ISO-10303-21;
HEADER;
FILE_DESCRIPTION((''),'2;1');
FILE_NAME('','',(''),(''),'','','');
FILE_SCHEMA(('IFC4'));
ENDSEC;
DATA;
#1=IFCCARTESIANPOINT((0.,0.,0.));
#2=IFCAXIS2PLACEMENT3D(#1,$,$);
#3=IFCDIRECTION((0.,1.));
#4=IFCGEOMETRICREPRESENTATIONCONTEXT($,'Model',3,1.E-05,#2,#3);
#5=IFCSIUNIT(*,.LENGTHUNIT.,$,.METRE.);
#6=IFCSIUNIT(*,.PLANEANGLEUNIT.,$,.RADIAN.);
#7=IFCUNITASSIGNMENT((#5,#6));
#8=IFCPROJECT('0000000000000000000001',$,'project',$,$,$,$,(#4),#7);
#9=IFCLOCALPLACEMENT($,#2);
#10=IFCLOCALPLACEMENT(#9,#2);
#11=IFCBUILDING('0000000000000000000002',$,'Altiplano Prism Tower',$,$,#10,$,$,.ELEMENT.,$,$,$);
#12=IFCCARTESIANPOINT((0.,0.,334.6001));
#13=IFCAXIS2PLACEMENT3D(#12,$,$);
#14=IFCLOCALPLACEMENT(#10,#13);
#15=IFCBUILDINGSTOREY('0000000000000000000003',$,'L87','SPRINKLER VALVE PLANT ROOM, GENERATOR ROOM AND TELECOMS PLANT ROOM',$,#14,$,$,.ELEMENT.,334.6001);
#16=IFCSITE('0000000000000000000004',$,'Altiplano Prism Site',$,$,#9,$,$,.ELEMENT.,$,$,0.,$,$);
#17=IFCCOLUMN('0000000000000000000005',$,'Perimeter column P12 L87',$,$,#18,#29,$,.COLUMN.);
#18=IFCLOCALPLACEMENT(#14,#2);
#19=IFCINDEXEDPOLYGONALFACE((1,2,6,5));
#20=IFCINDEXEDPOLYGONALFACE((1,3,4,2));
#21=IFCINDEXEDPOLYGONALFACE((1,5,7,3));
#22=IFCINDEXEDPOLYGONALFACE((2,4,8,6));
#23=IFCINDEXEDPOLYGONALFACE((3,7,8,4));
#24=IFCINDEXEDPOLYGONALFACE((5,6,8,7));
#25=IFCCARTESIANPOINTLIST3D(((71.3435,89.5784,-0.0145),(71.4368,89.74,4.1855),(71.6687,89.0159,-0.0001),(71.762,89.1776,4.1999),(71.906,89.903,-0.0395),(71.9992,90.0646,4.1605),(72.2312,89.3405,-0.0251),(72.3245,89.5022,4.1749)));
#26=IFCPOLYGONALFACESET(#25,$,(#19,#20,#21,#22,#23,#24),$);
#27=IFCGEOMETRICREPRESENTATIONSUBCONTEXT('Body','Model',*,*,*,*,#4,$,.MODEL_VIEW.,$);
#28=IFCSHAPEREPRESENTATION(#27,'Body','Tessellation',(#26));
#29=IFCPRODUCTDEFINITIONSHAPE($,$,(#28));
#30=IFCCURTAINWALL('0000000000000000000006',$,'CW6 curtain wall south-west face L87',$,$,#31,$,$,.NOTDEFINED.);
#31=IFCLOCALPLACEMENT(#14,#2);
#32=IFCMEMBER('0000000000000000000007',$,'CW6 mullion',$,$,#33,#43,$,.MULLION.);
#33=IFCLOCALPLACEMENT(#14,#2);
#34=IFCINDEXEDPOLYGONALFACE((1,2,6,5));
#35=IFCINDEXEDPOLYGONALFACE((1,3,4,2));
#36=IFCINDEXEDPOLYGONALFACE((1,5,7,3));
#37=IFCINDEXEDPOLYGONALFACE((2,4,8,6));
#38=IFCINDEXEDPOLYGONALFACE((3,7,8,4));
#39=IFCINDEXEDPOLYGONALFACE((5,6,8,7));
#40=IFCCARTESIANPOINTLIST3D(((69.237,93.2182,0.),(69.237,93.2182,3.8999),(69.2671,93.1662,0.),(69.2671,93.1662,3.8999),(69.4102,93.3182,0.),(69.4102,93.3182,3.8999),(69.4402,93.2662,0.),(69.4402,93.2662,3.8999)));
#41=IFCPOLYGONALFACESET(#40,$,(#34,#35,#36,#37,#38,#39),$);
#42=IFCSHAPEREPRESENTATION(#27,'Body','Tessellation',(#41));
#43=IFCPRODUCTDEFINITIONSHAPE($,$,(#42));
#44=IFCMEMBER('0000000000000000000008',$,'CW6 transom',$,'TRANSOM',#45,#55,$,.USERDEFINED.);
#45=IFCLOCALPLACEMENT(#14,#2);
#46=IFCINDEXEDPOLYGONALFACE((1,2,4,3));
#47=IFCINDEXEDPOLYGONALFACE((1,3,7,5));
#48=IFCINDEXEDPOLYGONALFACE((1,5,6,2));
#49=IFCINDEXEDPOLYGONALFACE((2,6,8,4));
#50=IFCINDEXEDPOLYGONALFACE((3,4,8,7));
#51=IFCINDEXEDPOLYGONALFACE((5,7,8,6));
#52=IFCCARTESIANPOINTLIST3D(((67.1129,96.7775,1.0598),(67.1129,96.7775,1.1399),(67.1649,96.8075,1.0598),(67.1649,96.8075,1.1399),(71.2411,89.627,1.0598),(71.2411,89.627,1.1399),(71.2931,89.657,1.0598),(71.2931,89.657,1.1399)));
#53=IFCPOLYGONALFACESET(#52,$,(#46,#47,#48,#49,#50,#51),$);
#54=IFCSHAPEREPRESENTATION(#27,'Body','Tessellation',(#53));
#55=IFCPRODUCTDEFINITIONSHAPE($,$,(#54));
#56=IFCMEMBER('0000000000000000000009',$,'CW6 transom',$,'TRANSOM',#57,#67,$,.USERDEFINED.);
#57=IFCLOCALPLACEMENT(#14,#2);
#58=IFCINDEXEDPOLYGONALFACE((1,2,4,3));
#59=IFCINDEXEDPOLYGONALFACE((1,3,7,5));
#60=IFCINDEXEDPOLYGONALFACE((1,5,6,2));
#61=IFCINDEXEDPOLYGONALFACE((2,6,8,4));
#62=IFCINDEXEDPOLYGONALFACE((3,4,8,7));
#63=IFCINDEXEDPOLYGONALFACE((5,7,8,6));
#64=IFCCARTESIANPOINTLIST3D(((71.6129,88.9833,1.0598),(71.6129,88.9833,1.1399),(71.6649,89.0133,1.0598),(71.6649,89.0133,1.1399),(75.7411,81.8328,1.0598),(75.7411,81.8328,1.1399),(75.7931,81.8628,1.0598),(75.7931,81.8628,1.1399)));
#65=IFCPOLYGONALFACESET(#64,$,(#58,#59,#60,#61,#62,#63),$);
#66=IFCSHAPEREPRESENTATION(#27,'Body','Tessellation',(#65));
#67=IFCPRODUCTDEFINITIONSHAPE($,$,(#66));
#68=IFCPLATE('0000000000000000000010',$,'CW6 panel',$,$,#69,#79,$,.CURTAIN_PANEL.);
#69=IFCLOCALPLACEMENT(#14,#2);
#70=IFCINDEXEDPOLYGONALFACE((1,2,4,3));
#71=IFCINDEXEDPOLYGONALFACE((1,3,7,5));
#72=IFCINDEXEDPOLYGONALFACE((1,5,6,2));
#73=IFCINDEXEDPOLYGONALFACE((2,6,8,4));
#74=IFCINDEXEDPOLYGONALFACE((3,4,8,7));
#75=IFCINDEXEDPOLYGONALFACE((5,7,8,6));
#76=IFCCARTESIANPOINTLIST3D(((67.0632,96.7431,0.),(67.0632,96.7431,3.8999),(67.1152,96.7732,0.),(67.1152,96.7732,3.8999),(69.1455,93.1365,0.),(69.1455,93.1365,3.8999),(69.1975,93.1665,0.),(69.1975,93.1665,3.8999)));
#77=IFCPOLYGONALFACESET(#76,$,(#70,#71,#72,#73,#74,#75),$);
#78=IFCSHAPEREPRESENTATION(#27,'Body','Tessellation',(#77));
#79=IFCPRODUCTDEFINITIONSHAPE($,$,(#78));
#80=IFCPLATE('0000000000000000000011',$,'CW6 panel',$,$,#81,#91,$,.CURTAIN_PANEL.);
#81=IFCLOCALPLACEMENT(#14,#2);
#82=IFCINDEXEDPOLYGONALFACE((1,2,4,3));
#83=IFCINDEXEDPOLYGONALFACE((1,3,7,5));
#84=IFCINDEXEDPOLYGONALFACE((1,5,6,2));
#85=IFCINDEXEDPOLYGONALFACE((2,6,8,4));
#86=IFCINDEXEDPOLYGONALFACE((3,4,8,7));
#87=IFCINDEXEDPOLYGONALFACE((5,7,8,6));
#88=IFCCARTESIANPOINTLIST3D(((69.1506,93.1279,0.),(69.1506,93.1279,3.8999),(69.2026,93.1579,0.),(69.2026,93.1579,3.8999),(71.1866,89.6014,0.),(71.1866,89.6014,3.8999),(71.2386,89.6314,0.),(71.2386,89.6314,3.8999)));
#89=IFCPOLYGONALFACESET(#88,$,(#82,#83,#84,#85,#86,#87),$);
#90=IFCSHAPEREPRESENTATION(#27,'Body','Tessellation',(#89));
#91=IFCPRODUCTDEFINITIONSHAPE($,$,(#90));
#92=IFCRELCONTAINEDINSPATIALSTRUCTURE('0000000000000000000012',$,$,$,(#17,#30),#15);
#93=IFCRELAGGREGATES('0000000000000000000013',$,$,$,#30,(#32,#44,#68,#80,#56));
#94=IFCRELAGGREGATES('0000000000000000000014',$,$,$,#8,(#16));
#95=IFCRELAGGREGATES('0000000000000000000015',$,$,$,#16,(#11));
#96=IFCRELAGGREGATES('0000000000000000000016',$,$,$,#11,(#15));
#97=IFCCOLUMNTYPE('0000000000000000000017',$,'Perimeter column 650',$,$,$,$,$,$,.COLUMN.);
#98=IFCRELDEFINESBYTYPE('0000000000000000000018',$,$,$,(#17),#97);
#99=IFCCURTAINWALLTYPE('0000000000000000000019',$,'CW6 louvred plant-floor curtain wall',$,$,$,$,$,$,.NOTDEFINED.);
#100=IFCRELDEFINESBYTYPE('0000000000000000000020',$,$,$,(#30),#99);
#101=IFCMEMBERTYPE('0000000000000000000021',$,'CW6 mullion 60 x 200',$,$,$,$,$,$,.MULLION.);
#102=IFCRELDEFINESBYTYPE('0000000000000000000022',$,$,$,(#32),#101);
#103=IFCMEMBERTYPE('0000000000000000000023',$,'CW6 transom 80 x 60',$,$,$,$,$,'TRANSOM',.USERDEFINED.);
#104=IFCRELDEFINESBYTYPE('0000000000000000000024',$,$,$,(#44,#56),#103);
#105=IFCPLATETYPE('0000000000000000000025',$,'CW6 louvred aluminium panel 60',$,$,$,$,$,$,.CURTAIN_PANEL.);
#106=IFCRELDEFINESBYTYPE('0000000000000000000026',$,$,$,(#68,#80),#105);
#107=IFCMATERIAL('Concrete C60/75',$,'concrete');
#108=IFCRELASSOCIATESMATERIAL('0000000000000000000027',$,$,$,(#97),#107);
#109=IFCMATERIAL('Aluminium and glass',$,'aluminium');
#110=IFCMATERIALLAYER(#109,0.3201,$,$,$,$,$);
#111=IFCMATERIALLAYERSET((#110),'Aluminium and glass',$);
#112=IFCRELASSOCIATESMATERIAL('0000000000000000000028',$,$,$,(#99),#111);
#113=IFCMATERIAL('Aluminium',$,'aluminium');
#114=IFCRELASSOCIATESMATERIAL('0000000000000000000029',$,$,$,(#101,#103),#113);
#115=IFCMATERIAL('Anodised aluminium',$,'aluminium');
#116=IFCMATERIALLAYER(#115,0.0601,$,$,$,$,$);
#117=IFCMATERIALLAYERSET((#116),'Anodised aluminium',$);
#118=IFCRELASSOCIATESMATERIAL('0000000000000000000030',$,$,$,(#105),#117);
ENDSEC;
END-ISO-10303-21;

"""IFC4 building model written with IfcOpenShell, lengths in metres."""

from ifc_helpers import new_model, si_unit, direction, frame, origin, origin_2d, place, context, subcontext, project, spatial, rectangle, extrude, material, layer, layer_set, material_profile, profile_set, type_object, element, aggregate, save


model = new_model("IFC4")

# Units and contexts
model_context = context("Model", 3, precision=1e-05, world=origin(), true_north=direction((0.0, 1.0)))
body_context = subcontext(model_context, "Body", "Model", "MODEL_VIEW")
ifc_project = project(units=[si_unit("LENGTHUNIT", "METRE"), si_unit("PLANEANGLEUNIT", "RADIAN")], contexts=[model_context])

# Site, building, storey
site_placement = place(None, origin())
site = spatial("IfcSite", under=ifc_project, at=site_placement, Name="Altiplano Prism Site", CompositionType="ELEMENT", RefElevation=0.0)
building_placement = place(site_placement, origin())
building = spatial("IfcBuilding", under=site, at=building_placement, Name="Altiplano Prism Tower", CompositionType="ELEMENT")
storey_placement = place(building_placement, frame((0.0, 0.0, 334.6001)))
storey = spatial("IfcBuildingStorey", under=building, at=storey_placement, Name="L87", Description="SPRINKLER VALVE PLANT ROOM, GENERATOR ROOM AND TELECOMS PLANT ROOM", CompositionType="ELEMENT", Elevation=334.6001)

# Column
ifc_material_1 = material(Name="Concrete C60/75", Category="concrete")
ifc_material_profile_1 = material_profile(ifc_material_1, rectangle(XDim=0.6499, YDim=0.6499, at=origin_2d()), Name="Perimeter column 650")
ifc_profile_set_1 = profile_set([ifc_material_profile_1], Name="Concrete C60/75")
column_type = type_object("IfcColumnType", Name="Perimeter column 650", PredefinedType="COLUMN", material=ifc_profile_set_1)
column_placement = place(storey_placement, frame((71.7874, 89.4595, -0.0198), z_axis=(0.022184, 0.038444, 0.999014), x_axis=(-0.865478, -0.49947, 0.038439)))
element("IfcColumn", 1, at=column_placement, inside=storey, type_object=column_type, Name="Perimeter column P12 L87", PredefinedType="COLUMN", context=body_context, shape_type="SweptSolid", body=[
    extrude(rectangle(XDim=0.6499, YDim=0.6499, at=origin_2d()), origin(), (0.0, 0.0, 1.0), 4.2041),
])

# Curtain wall, members, plates
ifc_material_2 = material(Name="Aluminium and glass", Category="aluminium")
ifc_layer_1 = layer(ifc_material_2, 0.3201)
ifc_layer_set_1 = layer_set([ifc_layer_1], Name="Aluminium and glass")
curtain_wall_type = type_object("IfcCurtainWallType", Name="CW6 louvred plant-floor curtain wall", PredefinedType="NOTDEFINED", material=ifc_layer_set_1)
curtain_wall_placement = place(storey_placement, origin())
curtain_wall = element("IfcCurtainWall", 2, at=curtain_wall_placement, inside=storey, type_object=curtain_wall_type, Name="CW6 curtain wall south-west face L87", PredefinedType="NOTDEFINED")
ifc_material_3 = material(Name="Aluminium", Category="aluminium")
ifc_material_profile_2 = material_profile(ifc_material_3, rectangle(XDim=0.2, YDim=0.0601, at=origin_2d()), Name="CW6 mullion 60 x 200")
ifc_profile_set_2 = profile_set([ifc_material_profile_2], Name="Aluminium")
member_type_1 = type_object("IfcMemberType", Name="CW6 mullion 60 x 200", PredefinedType="MULLION", material=ifc_profile_set_2)
member_1_placement = place(storey_placement, frame((69.3386, 93.2422, 0.0), z_axis=(0.0, 0.0, 1.0), x_axis=(0.866025, 0.5, 0.0)))
member_1 = element("IfcMember", 3, at=member_1_placement, type_object=member_type_1, Name="CW6 mullion", PredefinedType="MULLION", context=body_context, shape_type="SweptSolid", body=[
    extrude(rectangle(XDim=0.2, YDim=0.0601, at=origin_2d()), origin(), (0.0, 0.0, 1.0), 3.8999),
])
ifc_material_profile_3 = material_profile(ifc_material_3, rectangle(XDim=0.0601, YDim=0.0801, at=origin_2d()), Name="CW6 transom 80 x 60")
ifc_profile_set_3 = profile_set([ifc_material_profile_3], Name="Aluminium")
member_type_2 = type_object("IfcMemberType", Name="CW6 transom 80 x 60", ElementType="TRANSOM", PredefinedType="USERDEFINED", material=ifc_profile_set_3)
member_2_placement = place(storey_placement, frame((67.1389, 96.7925, 1.0999), z_axis=(0.49999, -0.866031, 0.0), x_axis=(0.866031, 0.49999, 0.0)))
member_2 = element("IfcMember", 4, at=member_2_placement, type_object=member_type_2, Name="CW6 transom", ObjectType="TRANSOM", PredefinedType="USERDEFINED", context=body_context, shape_type="SweptSolid", body=[
    extrude(rectangle(XDim=0.0601, YDim=0.0801, at=origin_2d()), origin(), (0.0, 0.0, 1.0), 8.2566),
])
member_3_placement = place(storey_placement, frame((71.6389, 88.9983, 1.0999), z_axis=(0.49999, -0.866031, 0.0), x_axis=(0.866031, 0.49999, 0.0)))
member_3 = element("IfcMember", 5, at=member_3_placement, type_object=member_type_2, Name="CW6 transom", ObjectType="TRANSOM", PredefinedType="USERDEFINED", context=body_context, shape_type="SweptSolid", body=[
    extrude(rectangle(XDim=0.0601, YDim=0.0801, at=origin_2d()), origin(), (0.0, 0.0, 1.0), 8.2566),
])
ifc_material_4 = material(Name="Anodised aluminium", Category="aluminium")
ifc_layer_2 = layer(ifc_material_4, 0.0601)
ifc_layer_set_2 = layer_set([ifc_layer_2], Name="Anodised aluminium")
plate_type = type_object("IfcPlateType", Name="CW6 louvred aluminium panel 60", PredefinedType="CURTAIN_PANEL", material=ifc_layer_set_2)
plate_1_placement = place(storey_placement, frame((68.1304, 94.9548, 0.0), z_axis=(0.0, 0.0, 1.0), x_axis=(0.5, -0.866025, 0.0)))
plate_1 = element("IfcPlate", 6, at=plate_1_placement, type_object=plate_type, Name="CW6 panel", PredefinedType="CURTAIN_PANEL", context=body_context, shape_type="SweptSolid", body=[
    extrude(rectangle(XDim=4.1646, YDim=0.0601, at=origin_2d()), origin(), (0.0, 0.0, 1.0), 3.8999),
])
plate_2_placement = place(storey_placement, frame((70.1946, 91.3796, 0.0), z_axis=(0.0, 0.0, 1.0), x_axis=(0.5, -0.866025, 0.0)))
plate_2 = element("IfcPlate", 7, at=plate_2_placement, type_object=plate_type, Name="CW6 panel", PredefinedType="CURTAIN_PANEL", context=body_context, shape_type="SweptSolid", body=[
    extrude(rectangle(XDim=4.072, YDim=0.0601, at=origin_2d()), origin(), (0.0, 0.0, 1.0), 3.8999),
])
aggregate(curtain_wall, [member_1, member_2, plate_1, plate_2, member_3])

save(model, "model.ifc")
